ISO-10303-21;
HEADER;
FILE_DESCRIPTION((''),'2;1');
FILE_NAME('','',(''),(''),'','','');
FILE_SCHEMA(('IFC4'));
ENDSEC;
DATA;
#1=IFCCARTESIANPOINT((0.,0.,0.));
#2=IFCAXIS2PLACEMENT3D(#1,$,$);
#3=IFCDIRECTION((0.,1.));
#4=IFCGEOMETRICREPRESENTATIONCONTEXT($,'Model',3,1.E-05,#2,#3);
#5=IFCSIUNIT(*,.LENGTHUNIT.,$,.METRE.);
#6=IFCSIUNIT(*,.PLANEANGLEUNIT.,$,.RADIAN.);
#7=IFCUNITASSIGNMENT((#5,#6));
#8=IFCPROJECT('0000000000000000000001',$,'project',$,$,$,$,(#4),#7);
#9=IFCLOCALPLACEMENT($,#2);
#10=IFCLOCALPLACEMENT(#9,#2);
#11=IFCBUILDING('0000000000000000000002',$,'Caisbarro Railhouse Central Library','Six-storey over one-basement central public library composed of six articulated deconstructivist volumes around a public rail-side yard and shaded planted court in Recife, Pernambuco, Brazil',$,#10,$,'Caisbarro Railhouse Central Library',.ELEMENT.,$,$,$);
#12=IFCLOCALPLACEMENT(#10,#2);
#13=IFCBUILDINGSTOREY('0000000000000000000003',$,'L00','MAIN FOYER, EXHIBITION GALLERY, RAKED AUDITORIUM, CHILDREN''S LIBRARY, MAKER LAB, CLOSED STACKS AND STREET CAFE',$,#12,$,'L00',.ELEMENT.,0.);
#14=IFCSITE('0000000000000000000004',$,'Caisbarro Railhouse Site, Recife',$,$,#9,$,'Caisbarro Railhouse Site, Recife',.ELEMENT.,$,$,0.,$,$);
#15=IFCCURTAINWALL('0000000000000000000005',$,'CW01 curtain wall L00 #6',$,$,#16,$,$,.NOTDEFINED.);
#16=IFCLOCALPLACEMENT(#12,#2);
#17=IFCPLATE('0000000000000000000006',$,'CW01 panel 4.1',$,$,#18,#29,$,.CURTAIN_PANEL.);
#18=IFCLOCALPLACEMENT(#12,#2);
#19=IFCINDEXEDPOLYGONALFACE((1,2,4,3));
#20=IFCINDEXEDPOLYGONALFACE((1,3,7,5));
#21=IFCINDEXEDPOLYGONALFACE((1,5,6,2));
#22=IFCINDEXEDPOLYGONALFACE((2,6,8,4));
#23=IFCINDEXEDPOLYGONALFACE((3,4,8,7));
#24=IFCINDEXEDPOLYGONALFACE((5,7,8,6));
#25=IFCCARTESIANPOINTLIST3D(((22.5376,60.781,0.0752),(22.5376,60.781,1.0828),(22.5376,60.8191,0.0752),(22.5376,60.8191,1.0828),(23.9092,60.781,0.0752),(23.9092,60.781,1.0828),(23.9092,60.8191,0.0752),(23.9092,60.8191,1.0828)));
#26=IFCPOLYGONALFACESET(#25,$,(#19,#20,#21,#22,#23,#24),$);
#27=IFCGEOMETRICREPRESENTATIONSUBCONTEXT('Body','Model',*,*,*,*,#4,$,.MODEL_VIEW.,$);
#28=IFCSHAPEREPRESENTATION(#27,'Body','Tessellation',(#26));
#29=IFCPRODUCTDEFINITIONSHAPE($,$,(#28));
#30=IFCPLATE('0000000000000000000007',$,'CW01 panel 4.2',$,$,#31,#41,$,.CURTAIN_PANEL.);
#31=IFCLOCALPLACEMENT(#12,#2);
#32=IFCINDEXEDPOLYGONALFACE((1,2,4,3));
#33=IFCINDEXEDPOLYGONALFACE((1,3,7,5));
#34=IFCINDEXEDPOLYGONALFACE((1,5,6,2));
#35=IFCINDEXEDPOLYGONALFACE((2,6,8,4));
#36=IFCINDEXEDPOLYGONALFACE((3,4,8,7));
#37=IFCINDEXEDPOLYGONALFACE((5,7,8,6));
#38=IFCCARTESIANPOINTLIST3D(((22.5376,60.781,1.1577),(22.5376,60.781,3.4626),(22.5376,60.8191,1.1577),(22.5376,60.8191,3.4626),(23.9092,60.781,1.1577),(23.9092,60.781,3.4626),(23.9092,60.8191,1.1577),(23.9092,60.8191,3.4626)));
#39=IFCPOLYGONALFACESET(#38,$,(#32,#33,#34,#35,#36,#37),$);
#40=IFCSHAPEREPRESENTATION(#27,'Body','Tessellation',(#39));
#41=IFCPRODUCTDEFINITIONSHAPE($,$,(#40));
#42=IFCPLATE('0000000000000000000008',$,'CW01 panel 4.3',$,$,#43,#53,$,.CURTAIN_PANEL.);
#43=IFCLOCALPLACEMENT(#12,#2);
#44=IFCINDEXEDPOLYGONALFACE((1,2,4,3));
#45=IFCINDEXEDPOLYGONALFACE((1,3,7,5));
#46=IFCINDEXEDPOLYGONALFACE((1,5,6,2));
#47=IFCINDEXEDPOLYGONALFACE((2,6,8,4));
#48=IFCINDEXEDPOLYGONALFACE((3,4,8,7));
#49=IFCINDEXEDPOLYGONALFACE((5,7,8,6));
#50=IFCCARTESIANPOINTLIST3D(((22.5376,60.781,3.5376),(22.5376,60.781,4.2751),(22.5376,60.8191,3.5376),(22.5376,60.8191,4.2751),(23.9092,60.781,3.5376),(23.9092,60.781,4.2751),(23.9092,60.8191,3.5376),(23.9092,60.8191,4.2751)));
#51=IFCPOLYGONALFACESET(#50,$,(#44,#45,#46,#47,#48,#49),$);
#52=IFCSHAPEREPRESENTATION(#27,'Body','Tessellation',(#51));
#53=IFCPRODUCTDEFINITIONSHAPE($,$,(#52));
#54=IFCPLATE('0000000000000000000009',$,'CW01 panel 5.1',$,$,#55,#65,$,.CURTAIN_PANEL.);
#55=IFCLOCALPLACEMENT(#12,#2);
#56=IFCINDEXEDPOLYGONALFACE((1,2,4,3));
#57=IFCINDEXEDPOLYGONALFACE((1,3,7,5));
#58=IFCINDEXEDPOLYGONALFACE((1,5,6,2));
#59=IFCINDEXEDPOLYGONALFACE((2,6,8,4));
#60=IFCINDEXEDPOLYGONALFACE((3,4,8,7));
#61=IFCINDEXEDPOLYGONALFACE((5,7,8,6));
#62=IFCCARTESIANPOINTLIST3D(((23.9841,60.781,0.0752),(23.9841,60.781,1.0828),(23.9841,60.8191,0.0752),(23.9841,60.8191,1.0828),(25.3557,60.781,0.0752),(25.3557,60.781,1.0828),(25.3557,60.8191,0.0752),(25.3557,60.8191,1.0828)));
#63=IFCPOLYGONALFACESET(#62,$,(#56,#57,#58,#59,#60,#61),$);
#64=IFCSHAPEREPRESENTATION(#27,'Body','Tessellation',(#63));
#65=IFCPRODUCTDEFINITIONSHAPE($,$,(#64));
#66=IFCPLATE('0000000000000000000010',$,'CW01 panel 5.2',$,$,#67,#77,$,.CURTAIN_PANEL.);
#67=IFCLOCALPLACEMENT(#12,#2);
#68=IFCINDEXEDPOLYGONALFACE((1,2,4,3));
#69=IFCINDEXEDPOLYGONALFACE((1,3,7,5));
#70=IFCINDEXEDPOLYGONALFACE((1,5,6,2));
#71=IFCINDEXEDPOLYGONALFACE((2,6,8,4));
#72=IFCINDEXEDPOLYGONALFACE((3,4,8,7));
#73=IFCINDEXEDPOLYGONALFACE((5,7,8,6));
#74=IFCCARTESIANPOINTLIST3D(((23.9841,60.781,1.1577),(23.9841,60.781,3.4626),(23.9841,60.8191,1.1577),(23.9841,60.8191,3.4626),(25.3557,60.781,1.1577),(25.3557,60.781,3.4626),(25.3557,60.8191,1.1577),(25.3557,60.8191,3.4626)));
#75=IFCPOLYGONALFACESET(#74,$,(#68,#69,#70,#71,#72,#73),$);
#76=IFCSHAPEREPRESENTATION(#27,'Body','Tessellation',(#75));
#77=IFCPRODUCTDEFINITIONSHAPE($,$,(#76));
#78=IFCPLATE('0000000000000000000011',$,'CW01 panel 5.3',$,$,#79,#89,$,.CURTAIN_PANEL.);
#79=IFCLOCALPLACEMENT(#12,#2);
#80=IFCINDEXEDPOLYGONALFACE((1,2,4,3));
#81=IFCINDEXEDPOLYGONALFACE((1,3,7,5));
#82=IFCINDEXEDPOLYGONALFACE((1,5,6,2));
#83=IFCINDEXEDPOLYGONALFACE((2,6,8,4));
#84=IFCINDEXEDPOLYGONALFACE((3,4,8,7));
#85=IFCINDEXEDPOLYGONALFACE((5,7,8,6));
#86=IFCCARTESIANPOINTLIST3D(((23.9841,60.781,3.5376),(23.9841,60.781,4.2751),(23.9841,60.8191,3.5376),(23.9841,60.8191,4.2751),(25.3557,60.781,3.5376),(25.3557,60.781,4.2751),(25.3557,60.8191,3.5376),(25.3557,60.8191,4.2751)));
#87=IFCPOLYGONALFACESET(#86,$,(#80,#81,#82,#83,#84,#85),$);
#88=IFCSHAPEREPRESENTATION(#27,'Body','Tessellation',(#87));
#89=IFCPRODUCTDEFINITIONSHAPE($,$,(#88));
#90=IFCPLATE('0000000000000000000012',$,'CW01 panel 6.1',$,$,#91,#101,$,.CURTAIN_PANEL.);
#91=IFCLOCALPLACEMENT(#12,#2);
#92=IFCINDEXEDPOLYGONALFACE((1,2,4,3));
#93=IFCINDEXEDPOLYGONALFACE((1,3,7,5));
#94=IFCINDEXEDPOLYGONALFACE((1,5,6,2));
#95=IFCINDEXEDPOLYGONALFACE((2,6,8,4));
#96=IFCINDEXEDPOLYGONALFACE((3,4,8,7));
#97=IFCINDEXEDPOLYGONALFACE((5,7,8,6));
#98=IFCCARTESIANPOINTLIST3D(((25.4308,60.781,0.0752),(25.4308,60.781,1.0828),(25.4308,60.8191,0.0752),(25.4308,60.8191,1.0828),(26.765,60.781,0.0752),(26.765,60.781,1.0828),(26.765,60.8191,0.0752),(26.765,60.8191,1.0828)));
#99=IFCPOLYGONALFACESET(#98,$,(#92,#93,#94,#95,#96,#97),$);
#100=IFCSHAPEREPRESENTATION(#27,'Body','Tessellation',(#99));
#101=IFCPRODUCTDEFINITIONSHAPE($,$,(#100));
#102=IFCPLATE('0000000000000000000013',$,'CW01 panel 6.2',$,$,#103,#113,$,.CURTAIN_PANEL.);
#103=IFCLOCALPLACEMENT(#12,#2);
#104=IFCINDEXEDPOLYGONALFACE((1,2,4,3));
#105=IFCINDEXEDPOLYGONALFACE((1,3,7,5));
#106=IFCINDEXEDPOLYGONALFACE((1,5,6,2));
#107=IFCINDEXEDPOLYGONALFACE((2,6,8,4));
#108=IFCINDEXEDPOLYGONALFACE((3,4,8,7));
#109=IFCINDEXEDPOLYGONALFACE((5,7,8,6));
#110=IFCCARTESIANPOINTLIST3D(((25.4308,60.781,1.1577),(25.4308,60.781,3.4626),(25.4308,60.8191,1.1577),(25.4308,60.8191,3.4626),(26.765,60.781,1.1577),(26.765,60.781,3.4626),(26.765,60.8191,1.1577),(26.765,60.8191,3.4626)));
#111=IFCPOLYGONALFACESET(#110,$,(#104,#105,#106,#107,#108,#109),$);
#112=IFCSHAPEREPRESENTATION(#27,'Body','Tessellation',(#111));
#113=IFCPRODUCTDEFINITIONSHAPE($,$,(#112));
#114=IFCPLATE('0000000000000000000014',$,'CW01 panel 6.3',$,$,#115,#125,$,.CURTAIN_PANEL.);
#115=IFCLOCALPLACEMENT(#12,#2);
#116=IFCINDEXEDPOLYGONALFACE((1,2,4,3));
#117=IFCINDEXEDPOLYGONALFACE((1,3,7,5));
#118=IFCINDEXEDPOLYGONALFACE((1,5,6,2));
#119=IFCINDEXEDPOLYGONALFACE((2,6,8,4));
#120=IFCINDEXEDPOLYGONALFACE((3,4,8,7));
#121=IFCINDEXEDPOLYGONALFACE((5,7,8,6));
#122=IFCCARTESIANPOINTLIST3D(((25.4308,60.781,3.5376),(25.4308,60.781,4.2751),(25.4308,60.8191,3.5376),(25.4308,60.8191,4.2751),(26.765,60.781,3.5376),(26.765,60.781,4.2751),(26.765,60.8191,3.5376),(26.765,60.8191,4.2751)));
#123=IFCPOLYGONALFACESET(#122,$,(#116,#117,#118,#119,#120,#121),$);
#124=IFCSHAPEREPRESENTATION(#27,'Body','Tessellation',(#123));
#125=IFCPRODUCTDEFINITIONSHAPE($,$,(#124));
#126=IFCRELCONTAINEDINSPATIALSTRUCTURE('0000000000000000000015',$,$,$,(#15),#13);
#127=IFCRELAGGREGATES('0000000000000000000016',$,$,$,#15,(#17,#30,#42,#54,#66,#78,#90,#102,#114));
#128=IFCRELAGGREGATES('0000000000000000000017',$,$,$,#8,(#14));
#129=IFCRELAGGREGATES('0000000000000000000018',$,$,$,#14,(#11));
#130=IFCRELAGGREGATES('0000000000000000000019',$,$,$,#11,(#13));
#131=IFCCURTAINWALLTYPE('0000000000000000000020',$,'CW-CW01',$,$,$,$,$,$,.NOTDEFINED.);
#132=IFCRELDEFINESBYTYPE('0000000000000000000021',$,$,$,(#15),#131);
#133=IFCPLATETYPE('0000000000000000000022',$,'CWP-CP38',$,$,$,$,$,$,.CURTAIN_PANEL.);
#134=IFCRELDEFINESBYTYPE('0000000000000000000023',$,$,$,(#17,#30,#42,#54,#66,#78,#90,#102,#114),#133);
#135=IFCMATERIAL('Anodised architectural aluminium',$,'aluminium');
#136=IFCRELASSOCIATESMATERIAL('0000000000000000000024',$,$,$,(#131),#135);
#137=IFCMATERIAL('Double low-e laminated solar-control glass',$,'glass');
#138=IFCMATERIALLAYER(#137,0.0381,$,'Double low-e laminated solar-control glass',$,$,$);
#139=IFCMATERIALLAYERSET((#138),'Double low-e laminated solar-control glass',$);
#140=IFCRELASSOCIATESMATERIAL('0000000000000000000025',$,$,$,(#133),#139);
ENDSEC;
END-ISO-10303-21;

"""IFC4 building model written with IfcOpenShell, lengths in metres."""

from ifc_helpers import new_model, si_unit, direction, frame, origin, origin_2d, place, context, subcontext, project, spatial, rectangle, extrude, material, layer, layer_set, type_object, element, aggregate, save


model = new_model("IFC4")

# Units and contexts
model_context = context("Model", 3, precision=1e-05, world=origin(), true_north=direction((0.0, 1.0)))
body_context = subcontext(model_context, "Body", "Model", "MODEL_VIEW")
ifc_project = project(units=[si_unit("LENGTHUNIT", "METRE"), si_unit("PLANEANGLEUNIT", "RADIAN")], contexts=[model_context])

# Site, building, storey
site_placement = place(None, origin())
site = spatial("IfcSite", under=ifc_project, at=site_placement, Name="Caisbarro Railhouse Site, Recife", LongName="Caisbarro Railhouse Site, Recife", CompositionType="ELEMENT", RefElevation=0.0)
building_placement = place(site_placement, origin())
building = spatial("IfcBuilding", under=site, at=building_placement, Name="Caisbarro Railhouse Central Library", Description="Six-storey over one-basement central public library composed of six articulated deconstructivist volumes around a public rail-side yard and shaded planted court in Recife, Pernambuco, Brazil", LongName="Caisbarro Railhouse Central Library", CompositionType="ELEMENT")
storey_placement = place(building_placement, origin())
storey = spatial("IfcBuildingStorey", under=building, at=storey_placement, Name="L00", Description="MAIN FOYER, EXHIBITION GALLERY, RAKED AUDITORIUM, CHILDREN'S LIBRARY, MAKER LAB, CLOSED STACKS AND STREET CAFE", LongName="L00", CompositionType="ELEMENT", Elevation=0.0)

# Curtain wall, plates
ifc_material_1 = material(Name="Anodised architectural aluminium", Category="aluminium")
curtain_wall_type = type_object("IfcCurtainWallType", Name="CW-CW01", PredefinedType="NOTDEFINED", material=ifc_material_1)
curtain_wall_placement = place(storey_placement, origin())
curtain_wall = element("IfcCurtainWall", 1, at=curtain_wall_placement, inside=storey, type_object=curtain_wall_type, Name="CW01 curtain wall L00 #6", PredefinedType="NOTDEFINED")
ifc_material_2 = material(Name="Double low-e laminated solar-control glass", Category="glass")
ifc_layer = layer(ifc_material_2, 0.0381, Name="Double low-e laminated solar-control glass")
ifc_layer_set = layer_set([ifc_layer], Name="Double low-e laminated solar-control glass")
plate_type = type_object("IfcPlateType", Name="CWP-CP38", PredefinedType="CURTAIN_PANEL", material=ifc_layer_set)
plate_1_placement = place(storey_placement, frame((23.2234, 60.8, 0.0752), z_axis=(0.0, 0.0, 1.0), x_axis=(1.0, 0.0, 0.0)))
plate_1 = element("IfcPlate", 2, at=plate_1_placement, type_object=plate_type, Name="CW01 panel 4.1", PredefinedType="CURTAIN_PANEL", context=body_context, shape_type="SweptSolid", body=[
    extrude(rectangle(XDim=1.3716, YDim=0.0381, at=origin_2d()), origin(), (0.0, 0.0, 1.0), 1.0076),
])
plate_2_placement = place(storey_placement, frame((23.2234, 60.8, 1.1577), z_axis=(0.0, 0.0, 1.0), x_axis=(1.0, 0.0, 0.0)))
plate_2 = element("IfcPlate", 3, at=plate_2_placement, type_object=plate_type, Name="CW01 panel 4.2", PredefinedType="CURTAIN_PANEL", context=body_context, shape_type="SweptSolid", body=[
    extrude(rectangle(XDim=1.3716, YDim=0.0381, at=origin_2d()), origin(), (0.0, 0.0, 1.0), 2.3049),
])
plate_3_placement = place(storey_placement, frame((23.2234, 60.8, 3.5376), z_axis=(0.0, 0.0, 1.0), x_axis=(1.0, 0.0, 0.0)))
plate_3 = element("IfcPlate", 4, at=plate_3_placement, type_object=plate_type, Name="CW01 panel 4.3", PredefinedType="CURTAIN_PANEL", context=body_context, shape_type="SweptSolid", body=[
    extrude(rectangle(XDim=1.3716, YDim=0.0381, at=origin_2d()), origin(), (0.0, 0.0, 1.0), 0.7375),
])
plate_4_placement = place(storey_placement, frame((24.6699, 60.8, 0.0752), z_axis=(0.0, 0.0, 1.0), x_axis=(1.0, 0.0, 0.0)))
plate_4 = element("IfcPlate", 5, at=plate_4_placement, type_object=plate_type, Name="CW01 panel 5.1", PredefinedType="CURTAIN_PANEL", context=body_context, shape_type="SweptSolid", body=[
    extrude(rectangle(XDim=1.3716, YDim=0.0381, at=origin_2d()), origin(), (0.0, 0.0, 1.0), 1.0076),
])
plate_5_placement = place(storey_placement, frame((24.6699, 60.8, 1.1577), z_axis=(0.0, 0.0, 1.0), x_axis=(1.0, 0.0, 0.0)))
plate_5 = element("IfcPlate", 6, at=plate_5_placement, type_object=plate_type, Name="CW01 panel 5.2", PredefinedType="CURTAIN_PANEL", context=body_context, shape_type="SweptSolid", body=[
    extrude(rectangle(XDim=1.3716, YDim=0.0381, at=origin_2d()), origin(), (0.0, 0.0, 1.0), 2.3049),
])
plate_6_placement = place(storey_placement, frame((24.6699, 60.8, 3.5376), z_axis=(0.0, 0.0, 1.0), x_axis=(1.0, 0.0, 0.0)))
plate_6 = element("IfcPlate", 7, at=plate_6_placement, type_object=plate_type, Name="CW01 panel 5.3", PredefinedType="CURTAIN_PANEL", context=body_context, shape_type="SweptSolid", body=[
    extrude(rectangle(XDim=1.3716, YDim=0.0381, at=origin_2d()), origin(), (0.0, 0.0, 1.0), 0.7375),
])
plate_7_placement = place(storey_placement, frame((26.0979, 60.8, 0.0752), z_axis=(0.0, 0.0, 1.0), x_axis=(1.0, 0.0, 0.0)))
plate_7 = element("IfcPlate", 8, at=plate_7_placement, type_object=plate_type, Name="CW01 panel 6.1", PredefinedType="CURTAIN_PANEL", context=body_context, shape_type="SweptSolid", body=[
    extrude(rectangle(XDim=1.3342, YDim=0.0381, at=origin_2d()), origin(), (0.0, 0.0, 1.0), 1.0076),
])
plate_8_placement = place(storey_placement, frame((26.0979, 60.8, 1.1577), z_axis=(0.0, 0.0, 1.0), x_axis=(1.0, 0.0, 0.0)))
plate_8 = element("IfcPlate", 9, at=plate_8_placement, type_object=plate_type, Name="CW01 panel 6.2", PredefinedType="CURTAIN_PANEL", context=body_context, shape_type="SweptSolid", body=[
    extrude(rectangle(XDim=1.3342, YDim=0.0381, at=origin_2d()), origin(), (0.0, 0.0, 1.0), 2.3049),
])
plate_9_placement = place(storey_placement, frame((26.0979, 60.8, 3.5376), z_axis=(0.0, 0.0, 1.0), x_axis=(1.0, 0.0, 0.0)))
plate_9 = element("IfcPlate", 10, at=plate_9_placement, type_object=plate_type, Name="CW01 panel 6.3", PredefinedType="CURTAIN_PANEL", context=body_context, shape_type="SweptSolid", body=[
    extrude(rectangle(XDim=1.3342, YDim=0.0381, at=origin_2d()), origin(), (0.0, 0.0, 1.0), 0.7375),
])
aggregate(curtain_wall, [plate_1, plate_2, plate_3, plate_4, plate_5, plate_6, plate_7, plate_8, plate_9])

save(model, "model.ifc")
